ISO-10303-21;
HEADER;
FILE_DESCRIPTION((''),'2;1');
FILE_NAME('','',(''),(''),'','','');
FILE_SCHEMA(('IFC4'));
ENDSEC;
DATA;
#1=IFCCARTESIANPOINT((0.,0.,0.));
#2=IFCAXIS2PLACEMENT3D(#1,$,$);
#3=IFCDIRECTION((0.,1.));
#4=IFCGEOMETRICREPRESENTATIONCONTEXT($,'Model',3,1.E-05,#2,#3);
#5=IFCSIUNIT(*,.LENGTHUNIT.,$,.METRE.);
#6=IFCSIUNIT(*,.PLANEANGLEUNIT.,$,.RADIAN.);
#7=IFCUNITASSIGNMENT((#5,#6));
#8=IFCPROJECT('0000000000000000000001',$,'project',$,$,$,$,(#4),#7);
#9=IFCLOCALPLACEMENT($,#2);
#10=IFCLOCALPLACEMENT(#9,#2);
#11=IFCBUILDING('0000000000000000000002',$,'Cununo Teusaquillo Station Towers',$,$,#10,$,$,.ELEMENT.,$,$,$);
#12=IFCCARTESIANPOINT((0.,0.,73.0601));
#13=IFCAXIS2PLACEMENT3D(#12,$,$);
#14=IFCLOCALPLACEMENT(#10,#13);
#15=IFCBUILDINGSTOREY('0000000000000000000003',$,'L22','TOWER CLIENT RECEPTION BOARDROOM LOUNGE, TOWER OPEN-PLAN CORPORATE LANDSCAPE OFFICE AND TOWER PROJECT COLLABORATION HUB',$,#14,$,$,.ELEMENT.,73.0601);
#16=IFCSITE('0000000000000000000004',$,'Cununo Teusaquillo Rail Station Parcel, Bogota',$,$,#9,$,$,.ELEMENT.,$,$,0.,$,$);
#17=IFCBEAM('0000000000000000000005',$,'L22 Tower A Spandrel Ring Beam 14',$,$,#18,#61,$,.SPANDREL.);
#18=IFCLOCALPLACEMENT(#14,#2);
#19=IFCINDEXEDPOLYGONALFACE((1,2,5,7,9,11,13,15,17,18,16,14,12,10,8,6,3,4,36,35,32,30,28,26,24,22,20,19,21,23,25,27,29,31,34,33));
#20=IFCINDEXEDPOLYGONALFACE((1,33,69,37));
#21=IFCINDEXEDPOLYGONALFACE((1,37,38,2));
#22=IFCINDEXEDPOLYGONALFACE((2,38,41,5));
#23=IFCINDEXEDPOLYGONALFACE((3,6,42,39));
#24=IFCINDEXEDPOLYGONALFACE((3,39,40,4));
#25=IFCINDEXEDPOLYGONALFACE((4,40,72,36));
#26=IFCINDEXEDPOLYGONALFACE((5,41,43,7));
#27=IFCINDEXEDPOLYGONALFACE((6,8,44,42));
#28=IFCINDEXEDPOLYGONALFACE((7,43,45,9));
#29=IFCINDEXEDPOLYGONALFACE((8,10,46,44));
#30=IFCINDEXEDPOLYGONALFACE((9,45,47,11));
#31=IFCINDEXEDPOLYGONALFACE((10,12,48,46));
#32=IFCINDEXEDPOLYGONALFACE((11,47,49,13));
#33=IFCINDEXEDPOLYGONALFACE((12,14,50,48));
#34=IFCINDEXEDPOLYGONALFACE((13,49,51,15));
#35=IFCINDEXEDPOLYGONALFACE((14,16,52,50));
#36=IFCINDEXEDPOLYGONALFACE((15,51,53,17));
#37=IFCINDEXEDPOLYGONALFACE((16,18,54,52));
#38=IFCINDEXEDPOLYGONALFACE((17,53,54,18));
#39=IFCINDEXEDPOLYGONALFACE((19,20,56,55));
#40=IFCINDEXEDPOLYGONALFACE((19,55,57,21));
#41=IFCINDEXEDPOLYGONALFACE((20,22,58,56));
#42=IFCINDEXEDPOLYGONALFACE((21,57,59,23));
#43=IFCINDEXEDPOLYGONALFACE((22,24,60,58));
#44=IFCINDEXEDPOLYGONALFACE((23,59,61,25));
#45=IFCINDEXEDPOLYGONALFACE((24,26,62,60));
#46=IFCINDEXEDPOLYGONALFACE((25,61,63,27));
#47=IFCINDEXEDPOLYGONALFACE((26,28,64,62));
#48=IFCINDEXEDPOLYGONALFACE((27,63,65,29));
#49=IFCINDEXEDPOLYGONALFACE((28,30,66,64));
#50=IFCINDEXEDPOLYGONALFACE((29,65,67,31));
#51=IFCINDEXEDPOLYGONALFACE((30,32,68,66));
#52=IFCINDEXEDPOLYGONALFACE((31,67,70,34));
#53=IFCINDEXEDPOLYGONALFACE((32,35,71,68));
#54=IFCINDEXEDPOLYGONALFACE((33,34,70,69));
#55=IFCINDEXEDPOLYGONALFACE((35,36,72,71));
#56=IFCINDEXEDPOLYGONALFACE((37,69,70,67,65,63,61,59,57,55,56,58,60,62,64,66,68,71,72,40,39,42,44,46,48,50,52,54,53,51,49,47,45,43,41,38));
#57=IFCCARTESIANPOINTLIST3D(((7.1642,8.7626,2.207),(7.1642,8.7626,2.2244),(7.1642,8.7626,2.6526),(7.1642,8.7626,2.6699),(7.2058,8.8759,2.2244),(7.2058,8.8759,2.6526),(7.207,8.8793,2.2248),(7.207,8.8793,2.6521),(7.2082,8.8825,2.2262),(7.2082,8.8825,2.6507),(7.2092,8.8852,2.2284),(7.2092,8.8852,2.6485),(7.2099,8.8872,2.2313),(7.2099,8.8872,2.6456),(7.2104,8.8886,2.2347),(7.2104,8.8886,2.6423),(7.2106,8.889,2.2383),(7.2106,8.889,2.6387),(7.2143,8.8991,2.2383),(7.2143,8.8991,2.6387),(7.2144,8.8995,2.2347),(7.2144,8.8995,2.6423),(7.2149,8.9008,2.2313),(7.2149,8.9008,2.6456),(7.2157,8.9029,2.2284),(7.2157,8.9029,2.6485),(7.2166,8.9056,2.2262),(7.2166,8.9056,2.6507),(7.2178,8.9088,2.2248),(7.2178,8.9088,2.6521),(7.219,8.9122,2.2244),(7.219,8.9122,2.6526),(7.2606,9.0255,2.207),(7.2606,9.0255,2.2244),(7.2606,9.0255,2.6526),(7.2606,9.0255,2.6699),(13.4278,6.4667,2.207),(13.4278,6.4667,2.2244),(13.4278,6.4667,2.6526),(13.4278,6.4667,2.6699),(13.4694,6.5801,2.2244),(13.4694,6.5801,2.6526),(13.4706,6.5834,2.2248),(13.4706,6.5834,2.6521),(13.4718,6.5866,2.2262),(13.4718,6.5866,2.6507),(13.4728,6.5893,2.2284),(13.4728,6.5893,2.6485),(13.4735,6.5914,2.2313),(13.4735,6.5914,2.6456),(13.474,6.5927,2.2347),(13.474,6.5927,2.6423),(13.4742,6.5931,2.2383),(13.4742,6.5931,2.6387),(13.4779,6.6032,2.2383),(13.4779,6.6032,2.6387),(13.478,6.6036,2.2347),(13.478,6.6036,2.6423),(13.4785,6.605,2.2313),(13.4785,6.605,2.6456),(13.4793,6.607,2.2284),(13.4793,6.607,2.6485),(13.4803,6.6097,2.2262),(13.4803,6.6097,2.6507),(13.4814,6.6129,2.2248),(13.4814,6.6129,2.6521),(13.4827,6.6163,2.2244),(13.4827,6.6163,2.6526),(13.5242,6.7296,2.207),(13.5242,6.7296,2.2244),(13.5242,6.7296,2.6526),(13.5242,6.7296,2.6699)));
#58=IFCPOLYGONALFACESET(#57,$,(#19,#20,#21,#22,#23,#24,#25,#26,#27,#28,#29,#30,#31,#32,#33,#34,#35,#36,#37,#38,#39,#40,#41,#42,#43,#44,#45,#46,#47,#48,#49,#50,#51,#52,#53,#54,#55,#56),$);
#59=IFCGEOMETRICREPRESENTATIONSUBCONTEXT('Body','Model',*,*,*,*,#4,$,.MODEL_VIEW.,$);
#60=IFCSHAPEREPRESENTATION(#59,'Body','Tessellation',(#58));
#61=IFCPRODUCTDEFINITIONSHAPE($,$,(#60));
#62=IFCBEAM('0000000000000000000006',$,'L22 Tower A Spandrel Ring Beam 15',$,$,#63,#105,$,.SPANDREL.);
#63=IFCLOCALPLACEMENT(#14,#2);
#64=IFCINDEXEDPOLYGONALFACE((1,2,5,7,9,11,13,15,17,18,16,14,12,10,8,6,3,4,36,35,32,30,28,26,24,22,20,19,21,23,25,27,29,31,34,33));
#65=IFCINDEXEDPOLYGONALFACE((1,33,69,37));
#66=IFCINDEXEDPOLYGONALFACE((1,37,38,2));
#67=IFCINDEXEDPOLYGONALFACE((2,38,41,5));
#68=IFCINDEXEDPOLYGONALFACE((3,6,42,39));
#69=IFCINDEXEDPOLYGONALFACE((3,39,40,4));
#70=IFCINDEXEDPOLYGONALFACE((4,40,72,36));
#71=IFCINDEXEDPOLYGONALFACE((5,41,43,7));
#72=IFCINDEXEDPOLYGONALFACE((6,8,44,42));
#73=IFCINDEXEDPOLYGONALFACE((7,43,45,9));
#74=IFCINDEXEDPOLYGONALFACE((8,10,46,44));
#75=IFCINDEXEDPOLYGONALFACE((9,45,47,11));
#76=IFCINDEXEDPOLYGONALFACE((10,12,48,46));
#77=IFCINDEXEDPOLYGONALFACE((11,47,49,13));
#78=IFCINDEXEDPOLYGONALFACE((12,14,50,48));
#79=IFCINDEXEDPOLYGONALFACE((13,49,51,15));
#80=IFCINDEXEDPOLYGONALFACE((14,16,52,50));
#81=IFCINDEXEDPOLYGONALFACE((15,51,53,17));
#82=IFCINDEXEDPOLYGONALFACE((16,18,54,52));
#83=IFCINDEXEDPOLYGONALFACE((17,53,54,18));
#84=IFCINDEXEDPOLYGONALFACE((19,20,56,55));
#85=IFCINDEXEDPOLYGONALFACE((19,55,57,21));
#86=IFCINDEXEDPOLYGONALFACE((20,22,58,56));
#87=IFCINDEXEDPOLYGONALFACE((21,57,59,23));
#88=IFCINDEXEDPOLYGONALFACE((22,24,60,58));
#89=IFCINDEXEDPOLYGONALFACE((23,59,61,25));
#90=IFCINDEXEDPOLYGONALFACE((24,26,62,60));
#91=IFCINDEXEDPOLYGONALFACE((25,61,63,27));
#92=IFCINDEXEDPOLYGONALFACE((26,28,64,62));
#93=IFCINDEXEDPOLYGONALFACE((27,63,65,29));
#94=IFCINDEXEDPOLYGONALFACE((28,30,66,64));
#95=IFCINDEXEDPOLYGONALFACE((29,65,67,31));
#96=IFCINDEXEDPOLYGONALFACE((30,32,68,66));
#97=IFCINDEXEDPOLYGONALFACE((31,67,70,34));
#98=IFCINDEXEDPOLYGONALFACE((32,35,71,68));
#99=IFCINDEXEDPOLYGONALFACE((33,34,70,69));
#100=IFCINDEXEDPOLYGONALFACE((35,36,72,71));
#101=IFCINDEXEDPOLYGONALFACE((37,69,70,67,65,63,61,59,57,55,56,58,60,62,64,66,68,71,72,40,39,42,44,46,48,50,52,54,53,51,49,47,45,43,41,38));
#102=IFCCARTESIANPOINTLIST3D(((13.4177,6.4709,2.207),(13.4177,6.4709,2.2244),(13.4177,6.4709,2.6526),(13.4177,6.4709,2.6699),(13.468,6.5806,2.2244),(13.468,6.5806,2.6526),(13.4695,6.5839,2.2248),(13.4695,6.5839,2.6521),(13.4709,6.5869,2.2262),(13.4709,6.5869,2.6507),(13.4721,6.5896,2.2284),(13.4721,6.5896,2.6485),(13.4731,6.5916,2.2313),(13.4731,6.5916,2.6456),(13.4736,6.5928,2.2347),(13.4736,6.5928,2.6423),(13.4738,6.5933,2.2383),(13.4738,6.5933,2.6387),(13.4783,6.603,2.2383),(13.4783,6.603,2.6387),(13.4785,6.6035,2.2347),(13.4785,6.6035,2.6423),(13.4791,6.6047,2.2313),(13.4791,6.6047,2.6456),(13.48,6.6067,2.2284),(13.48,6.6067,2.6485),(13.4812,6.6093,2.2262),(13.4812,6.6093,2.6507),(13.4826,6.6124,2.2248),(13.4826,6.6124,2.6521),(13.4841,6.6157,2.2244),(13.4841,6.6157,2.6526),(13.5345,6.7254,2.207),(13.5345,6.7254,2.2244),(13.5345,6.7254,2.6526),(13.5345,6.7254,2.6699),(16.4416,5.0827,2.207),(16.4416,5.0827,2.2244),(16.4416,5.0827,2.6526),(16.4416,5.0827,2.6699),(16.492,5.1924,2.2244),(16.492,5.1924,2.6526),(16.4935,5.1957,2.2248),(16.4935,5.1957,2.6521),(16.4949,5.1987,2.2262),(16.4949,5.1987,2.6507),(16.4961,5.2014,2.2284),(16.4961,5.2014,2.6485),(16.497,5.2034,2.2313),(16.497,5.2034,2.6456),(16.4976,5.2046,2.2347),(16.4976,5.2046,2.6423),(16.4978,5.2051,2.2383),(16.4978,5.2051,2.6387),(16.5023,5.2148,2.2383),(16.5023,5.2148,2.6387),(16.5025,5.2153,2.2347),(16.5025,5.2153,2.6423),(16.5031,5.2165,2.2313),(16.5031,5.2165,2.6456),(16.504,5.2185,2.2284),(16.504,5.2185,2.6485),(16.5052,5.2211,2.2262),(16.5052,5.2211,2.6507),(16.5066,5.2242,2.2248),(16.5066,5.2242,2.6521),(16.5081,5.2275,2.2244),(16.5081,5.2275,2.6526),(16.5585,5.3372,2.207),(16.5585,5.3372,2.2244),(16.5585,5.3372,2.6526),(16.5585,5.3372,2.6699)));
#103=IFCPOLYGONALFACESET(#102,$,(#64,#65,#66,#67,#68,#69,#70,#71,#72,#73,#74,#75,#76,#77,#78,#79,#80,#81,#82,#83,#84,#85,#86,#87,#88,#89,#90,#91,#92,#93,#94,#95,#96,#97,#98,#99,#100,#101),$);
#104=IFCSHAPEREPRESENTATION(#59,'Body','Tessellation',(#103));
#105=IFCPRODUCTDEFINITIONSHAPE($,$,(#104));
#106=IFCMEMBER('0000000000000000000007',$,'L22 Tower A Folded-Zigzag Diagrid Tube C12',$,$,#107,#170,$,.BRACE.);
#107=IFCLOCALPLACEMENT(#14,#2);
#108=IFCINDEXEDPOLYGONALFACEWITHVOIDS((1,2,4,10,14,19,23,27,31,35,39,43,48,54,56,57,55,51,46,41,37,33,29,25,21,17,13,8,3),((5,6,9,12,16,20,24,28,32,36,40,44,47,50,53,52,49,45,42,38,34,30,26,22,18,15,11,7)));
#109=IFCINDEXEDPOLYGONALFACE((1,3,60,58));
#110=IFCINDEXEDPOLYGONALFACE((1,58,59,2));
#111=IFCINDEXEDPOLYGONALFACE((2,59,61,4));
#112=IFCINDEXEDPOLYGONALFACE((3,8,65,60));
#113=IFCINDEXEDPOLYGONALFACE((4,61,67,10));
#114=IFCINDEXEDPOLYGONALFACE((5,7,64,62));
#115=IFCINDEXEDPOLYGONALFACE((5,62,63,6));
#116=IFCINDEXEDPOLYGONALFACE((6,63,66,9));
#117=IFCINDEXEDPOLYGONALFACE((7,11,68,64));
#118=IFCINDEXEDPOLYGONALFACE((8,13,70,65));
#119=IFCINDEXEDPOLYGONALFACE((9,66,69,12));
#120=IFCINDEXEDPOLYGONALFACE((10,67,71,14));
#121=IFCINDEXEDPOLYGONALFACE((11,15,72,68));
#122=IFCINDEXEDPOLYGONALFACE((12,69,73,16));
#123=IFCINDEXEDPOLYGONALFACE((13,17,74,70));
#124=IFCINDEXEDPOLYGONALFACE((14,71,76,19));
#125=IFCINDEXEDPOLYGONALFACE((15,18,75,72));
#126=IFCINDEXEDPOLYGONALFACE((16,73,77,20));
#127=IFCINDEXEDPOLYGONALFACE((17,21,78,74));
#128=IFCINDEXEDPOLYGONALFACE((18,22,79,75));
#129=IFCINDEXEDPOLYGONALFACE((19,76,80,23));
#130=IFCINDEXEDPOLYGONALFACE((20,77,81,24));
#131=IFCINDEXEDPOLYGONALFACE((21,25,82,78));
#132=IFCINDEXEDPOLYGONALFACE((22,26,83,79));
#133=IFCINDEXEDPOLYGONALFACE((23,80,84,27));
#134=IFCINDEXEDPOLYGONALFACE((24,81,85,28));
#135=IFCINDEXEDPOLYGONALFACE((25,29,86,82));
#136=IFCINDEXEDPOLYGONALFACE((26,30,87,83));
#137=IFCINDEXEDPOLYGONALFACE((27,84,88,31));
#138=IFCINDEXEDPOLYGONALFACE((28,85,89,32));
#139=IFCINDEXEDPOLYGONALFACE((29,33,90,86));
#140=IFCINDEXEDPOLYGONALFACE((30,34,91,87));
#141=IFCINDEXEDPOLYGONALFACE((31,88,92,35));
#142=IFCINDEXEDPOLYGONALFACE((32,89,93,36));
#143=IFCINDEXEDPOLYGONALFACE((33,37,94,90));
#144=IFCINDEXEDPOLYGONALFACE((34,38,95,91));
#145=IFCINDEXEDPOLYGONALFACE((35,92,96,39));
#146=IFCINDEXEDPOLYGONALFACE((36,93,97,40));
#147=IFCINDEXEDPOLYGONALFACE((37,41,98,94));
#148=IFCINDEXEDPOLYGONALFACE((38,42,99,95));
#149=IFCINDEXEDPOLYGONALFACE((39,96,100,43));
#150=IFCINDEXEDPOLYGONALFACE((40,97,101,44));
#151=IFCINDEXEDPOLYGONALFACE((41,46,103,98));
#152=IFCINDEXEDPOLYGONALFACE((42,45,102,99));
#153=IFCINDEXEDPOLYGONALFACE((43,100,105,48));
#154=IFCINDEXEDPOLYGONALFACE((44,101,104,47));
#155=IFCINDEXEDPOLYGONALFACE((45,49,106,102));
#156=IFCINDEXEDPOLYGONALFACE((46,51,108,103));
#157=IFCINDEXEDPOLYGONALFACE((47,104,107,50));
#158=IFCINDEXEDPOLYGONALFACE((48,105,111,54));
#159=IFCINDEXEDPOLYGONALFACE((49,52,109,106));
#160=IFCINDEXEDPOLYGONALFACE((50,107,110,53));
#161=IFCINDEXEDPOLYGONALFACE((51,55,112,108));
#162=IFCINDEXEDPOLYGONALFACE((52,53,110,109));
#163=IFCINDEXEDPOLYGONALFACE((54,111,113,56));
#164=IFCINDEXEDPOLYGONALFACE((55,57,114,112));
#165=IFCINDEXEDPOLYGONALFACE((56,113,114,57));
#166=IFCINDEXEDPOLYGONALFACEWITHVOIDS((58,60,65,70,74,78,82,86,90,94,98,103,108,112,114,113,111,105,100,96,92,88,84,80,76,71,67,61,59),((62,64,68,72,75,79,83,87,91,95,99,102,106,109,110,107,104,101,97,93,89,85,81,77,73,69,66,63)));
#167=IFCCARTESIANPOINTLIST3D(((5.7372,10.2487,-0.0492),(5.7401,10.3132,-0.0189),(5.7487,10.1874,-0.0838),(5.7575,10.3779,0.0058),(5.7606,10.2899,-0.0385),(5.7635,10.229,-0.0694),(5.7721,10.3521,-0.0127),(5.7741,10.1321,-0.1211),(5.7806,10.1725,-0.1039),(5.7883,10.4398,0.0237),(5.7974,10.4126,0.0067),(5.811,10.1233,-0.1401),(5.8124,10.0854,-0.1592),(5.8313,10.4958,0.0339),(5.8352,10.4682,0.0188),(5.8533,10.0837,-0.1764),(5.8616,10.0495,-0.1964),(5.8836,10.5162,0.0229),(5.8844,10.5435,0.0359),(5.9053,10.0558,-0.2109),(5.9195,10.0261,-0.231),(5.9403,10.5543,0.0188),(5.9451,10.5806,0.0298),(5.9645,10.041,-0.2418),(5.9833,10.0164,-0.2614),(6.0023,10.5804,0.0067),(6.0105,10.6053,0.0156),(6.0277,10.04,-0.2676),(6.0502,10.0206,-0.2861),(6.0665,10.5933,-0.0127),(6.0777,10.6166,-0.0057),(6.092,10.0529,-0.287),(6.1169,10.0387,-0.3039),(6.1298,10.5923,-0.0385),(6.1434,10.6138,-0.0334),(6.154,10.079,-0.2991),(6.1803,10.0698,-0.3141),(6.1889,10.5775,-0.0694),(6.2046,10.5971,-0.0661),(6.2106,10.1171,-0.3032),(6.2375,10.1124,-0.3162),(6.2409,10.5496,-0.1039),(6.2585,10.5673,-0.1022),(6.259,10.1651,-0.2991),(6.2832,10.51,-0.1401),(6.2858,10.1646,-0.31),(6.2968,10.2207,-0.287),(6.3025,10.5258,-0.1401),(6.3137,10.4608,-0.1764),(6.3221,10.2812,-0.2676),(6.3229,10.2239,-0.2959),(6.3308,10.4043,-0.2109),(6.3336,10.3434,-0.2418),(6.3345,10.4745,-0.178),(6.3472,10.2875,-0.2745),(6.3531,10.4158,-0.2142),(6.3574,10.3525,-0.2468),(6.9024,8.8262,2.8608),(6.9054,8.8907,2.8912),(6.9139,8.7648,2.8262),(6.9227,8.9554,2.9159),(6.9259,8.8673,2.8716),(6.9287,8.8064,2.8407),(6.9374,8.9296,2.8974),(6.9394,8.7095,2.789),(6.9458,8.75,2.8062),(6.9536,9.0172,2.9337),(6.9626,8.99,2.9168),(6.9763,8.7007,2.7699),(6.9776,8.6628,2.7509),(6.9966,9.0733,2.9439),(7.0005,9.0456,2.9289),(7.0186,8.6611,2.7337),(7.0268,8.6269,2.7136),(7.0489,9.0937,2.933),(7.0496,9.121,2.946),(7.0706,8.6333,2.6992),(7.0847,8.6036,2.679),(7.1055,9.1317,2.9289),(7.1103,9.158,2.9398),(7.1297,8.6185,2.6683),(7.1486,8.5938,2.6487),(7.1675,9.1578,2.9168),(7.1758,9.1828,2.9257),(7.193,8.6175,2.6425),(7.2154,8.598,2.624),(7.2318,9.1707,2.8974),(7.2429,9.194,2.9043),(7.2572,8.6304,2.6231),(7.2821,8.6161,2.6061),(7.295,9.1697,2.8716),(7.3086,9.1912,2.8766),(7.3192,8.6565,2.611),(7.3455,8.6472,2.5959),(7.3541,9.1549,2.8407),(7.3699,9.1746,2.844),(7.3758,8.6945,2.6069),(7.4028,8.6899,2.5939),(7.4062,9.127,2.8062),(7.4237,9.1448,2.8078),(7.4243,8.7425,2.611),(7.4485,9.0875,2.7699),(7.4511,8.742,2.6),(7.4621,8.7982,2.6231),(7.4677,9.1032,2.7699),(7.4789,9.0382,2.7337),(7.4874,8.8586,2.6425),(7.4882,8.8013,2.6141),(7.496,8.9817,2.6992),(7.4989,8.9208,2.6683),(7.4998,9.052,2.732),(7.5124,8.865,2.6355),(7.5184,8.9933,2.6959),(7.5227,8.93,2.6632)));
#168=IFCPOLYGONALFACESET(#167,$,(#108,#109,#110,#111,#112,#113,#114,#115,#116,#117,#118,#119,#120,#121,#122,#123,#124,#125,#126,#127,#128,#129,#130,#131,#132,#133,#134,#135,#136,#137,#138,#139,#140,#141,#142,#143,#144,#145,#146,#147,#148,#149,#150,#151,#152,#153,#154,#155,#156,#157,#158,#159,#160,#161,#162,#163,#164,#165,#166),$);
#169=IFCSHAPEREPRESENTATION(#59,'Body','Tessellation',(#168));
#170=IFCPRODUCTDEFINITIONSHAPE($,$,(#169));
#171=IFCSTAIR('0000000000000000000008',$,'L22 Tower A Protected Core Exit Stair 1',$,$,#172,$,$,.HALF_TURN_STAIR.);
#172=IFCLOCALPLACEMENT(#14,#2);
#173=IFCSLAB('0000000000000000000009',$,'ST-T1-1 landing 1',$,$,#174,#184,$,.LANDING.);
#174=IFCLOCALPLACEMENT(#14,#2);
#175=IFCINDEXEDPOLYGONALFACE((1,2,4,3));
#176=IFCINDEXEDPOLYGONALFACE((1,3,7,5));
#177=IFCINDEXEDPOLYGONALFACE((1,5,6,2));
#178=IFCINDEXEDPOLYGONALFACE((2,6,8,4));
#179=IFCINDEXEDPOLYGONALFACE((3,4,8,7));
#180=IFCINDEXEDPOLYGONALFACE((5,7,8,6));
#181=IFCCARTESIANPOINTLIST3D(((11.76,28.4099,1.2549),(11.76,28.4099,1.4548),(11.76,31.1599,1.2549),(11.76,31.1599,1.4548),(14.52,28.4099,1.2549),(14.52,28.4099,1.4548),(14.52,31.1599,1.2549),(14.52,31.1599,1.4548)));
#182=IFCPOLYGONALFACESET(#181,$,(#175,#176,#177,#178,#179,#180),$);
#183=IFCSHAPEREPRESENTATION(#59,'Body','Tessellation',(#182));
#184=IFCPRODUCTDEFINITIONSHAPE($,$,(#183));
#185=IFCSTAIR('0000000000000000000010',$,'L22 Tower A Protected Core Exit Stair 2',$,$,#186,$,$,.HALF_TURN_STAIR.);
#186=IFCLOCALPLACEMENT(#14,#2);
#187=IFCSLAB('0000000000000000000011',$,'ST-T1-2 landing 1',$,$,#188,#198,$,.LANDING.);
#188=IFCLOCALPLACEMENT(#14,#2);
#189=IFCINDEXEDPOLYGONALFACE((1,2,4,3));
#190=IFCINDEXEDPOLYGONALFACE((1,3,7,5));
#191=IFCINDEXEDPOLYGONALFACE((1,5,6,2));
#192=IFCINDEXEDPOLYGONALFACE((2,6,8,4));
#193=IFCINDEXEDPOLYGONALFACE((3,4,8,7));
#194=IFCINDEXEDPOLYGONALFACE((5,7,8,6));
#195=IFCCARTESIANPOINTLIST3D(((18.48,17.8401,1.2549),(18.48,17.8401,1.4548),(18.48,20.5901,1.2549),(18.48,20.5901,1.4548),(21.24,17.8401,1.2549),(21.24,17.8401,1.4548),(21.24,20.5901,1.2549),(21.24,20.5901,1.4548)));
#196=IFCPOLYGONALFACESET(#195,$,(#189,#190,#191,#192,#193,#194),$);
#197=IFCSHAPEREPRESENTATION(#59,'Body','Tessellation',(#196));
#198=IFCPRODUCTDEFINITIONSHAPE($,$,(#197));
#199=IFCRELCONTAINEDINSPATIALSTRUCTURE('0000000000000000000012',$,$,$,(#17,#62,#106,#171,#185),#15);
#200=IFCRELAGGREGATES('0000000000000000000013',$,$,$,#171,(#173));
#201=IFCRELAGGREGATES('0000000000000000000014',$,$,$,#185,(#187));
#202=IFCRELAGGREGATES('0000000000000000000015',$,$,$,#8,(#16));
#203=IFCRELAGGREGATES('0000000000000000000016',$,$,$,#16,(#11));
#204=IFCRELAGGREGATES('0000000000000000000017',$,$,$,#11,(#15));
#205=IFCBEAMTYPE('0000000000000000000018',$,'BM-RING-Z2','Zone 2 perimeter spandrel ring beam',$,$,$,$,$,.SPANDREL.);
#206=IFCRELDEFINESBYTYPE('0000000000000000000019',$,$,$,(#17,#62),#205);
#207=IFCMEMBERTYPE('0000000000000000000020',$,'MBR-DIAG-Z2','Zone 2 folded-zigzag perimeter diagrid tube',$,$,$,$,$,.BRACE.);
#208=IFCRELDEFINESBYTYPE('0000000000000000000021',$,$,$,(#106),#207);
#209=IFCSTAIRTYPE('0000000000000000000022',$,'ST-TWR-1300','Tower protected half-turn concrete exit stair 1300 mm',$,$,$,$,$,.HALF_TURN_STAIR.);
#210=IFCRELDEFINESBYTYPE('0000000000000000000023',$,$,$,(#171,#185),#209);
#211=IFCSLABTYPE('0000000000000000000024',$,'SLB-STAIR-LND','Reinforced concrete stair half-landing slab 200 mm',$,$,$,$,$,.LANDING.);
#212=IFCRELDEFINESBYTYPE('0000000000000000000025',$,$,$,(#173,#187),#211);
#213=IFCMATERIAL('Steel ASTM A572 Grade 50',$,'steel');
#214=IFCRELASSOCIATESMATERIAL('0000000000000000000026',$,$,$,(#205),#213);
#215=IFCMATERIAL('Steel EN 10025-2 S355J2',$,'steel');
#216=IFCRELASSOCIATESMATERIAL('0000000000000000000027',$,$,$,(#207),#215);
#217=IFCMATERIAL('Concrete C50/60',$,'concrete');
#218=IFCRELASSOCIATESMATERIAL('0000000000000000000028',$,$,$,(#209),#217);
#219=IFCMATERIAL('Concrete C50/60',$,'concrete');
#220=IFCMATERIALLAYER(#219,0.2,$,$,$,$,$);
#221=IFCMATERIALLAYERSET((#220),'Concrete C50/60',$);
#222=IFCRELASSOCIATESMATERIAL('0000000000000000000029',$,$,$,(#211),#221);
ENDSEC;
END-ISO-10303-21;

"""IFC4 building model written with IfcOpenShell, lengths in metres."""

from ifc_helpers import new_model, si_unit, direction, frame, origin, origin_2d, place, context, subcontext, project, spatial, polyline, hollow_circle, i_section, outline, extrude, material, layer, layer_set, material_profile, profile_set, type_object, element, aggregate, save


model = new_model("IFC4")

# Units and contexts
model_context = context("Model", 3, precision=1e-05, world=origin(), true_north=direction((0.0, 1.0)))
body_context = subcontext(model_context, "Body", "Model", "MODEL_VIEW")
ifc_project = project(units=[si_unit("LENGTHUNIT", "METRE"), si_unit("PLANEANGLEUNIT", "RADIAN")], contexts=[model_context])

# Site, building, storey
site_placement = place(None, origin())
site = spatial("IfcSite", under=ifc_project, at=site_placement, Name="Cununo Teusaquillo Rail Station Parcel, Bogota", CompositionType="ELEMENT", RefElevation=0.0)
building_placement = place(site_placement, origin())
building = spatial("IfcBuilding", under=site, at=building_placement, Name="Cununo Teusaquillo Station Towers", CompositionType="ELEMENT")
storey_placement = place(building_placement, frame((0.0, 0.0, 73.0601)))
storey = spatial("IfcBuildingStorey", under=building, at=storey_placement, Name="L22", Description="TOWER CLIENT RECEPTION BOARDROOM LOUNGE, TOWER OPEN-PLAN CORPORATE LANDSCAPE OFFICE AND TOWER PROJECT COLLABORATION HUB", CompositionType="ELEMENT", Elevation=73.0601)

# Beams
ifc_material_1 = material(Name="Steel ASTM A572 Grade 50", Category="steel")
ifc_material_profile_1 = material_profile(ifc_material_1, i_section(OverallWidth=0.28, OverallDepth=0.4629, WebThickness=0.0107, FlangeThickness=0.0173, FilletRadius=0.0139, at=origin_2d()), Name="W18X76")
ifc_profile_set_1 = profile_set([ifc_material_profile_1], Name="Steel ASTM A572 Grade 50")
beam_type_1 = type_object("IfcBeamType", Name="BM-RING-Z2", Description="Zone 2 perimeter spandrel ring beam", PredefinedType="SPANDREL", material=ifc_profile_set_1)
beam_1_placement = place(storey_placement, frame((7.2124, 8.894, 2.4385), z_axis=(0.938914, -0.344151, 0.0), x_axis=(0.344151, 0.938914, 0.0)))
element("IfcBeam", 1, at=beam_1_placement, inside=storey, type_object=beam_type_1, Name="L22 Tower A Spandrel Ring Beam 14", PredefinedType="SPANDREL", context=body_context, shape_type="SweptSolid", body=[
    extrude(i_section(OverallWidth=0.28, OverallDepth=0.4629, WebThickness=0.0107, FlangeThickness=0.0173, FilletRadius=0.0139, at=origin_2d()), origin(), (0.0, 0.0, 1.0), 6.6711),
])
beam_2_placement = place(storey_placement, frame((13.4761, 6.5981, 2.4385), z_axis=(0.908812, -0.417205, 0.0), x_axis=(0.417205, 0.908812, 0.0)))
element("IfcBeam", 2, at=beam_2_placement, inside=storey, type_object=beam_type_1, Name="L22 Tower A Spandrel Ring Beam 15", PredefinedType="SPANDREL", context=body_context, shape_type="SweptSolid", body=[
    extrude(i_section(OverallWidth=0.28, OverallDepth=0.4629, WebThickness=0.0107, FlangeThickness=0.0173, FilletRadius=0.0139, at=origin_2d()), origin(), (0.0, 0.0, 1.0), 3.3274),
])

# Member
ifc_material_2 = material(Name="Steel EN 10025-2 S355J2", Category="steel")
ifc_material_profile_2 = material_profile(ifc_material_2, hollow_circle(Radius=0.3301, WallThickness=0.0249, at=origin_2d()), Name="CHS 660x25")
ifc_profile_set_2 = profile_set([ifc_material_profile_2], Name="Steel EN 10025-2 S355J2")
member_type = type_object("IfcMemberType", Name="MBR-DIAG-Z2", Description="Zone 2 folded-zigzag perimeter diagrid tube", PredefinedType="BRACE", material=ifc_profile_set_2)
member_placement = place(storey_placement, frame((6.0471, 10.3167, -0.1401), z_axis=(0.338501, -0.41325, 0.845365), x_axis=(0.773602, 0.633671, 0.0)))
element("IfcMember", 3, at=member_placement, inside=storey, type_object=member_type, Name="L22 Tower A Folded-Zigzag Diagrid Tube C12", PredefinedType="BRACE", context=body_context, shape_type="SweptSolid", body=[
    extrude(hollow_circle(Radius=0.3301, WallThickness=0.0249, at=origin_2d()), origin(), (0.0, 0.0, 1.0), 3.4424),
])

# Stairs, slabs
ifc_material_3 = material(Name="Concrete C50/60", Category="concrete")
stair_type = type_object("IfcStairType", Name="ST-TWR-1300", Description="Tower protected half-turn concrete exit stair 1300 mm", PredefinedType="HALF_TURN_STAIR", material=ifc_material_3)
stair_1_placement = place(storey_placement, origin())
stair_1 = element("IfcStair", 4, at=stair_1_placement, inside=storey, type_object=stair_type, Name="L22 Tower A Protected Core Exit Stair 1", PredefinedType="HALF_TURN_STAIR")
ifc_material_4 = material(Name="Concrete C50/60", Category="concrete")
ifc_layer_1 = layer(ifc_material_4, 0.2)
ifc_layer_set_1 = layer_set([ifc_layer_1], Name="Concrete C50/60")
slab_type_1 = type_object("IfcSlabType", Name="SLB-STAIR-LND", Description="Reinforced concrete stair half-landing slab 200 mm", PredefinedType="LANDING", material=ifc_layer_set_1)
slab_1_placement = place(storey_placement, frame((0.0, 0.0, 1.2549)))
slab_1 = element("IfcSlab", 5, at=slab_1_placement, type_object=slab_type_1, Name="ST-T1-1 landing 1", PredefinedType="LANDING", context=body_context, shape_type="SweptSolid", body=[
    extrude(outline(polyline([(14.52, 28.4099), (14.52, 31.1599), (11.76, 31.1599), (11.76, 28.4099), (14.52, 28.4099)])), origin(), (0.0, 0.0, 1.0), 0.2),
])
aggregate(stair_1, [slab_1])
stair_2_placement = place(storey_placement, origin())
stair_2 = element("IfcStair", 6, at=stair_2_placement, inside=storey, type_object=stair_type, Name="L22 Tower A Protected Core Exit Stair 2", PredefinedType="HALF_TURN_STAIR")
slab_2_placement = place(storey_placement, frame((0.0, 0.0, 1.2549)))
slab_2 = element("IfcSlab", 7, at=slab_2_placement, type_object=slab_type_1, Name="ST-T1-2 landing 1", PredefinedType="LANDING", context=body_context, shape_type="SweptSolid", body=[
    extrude(outline(polyline([(18.48, 20.5901), (18.48, 17.8401), (21.24, 17.8401), (21.24, 20.5901), (18.48, 20.5901)])), origin(), (0.0, 0.0, 1.0), 0.2),
])
aggregate(stair_2, [slab_2])

save(model, "model.ifc")
